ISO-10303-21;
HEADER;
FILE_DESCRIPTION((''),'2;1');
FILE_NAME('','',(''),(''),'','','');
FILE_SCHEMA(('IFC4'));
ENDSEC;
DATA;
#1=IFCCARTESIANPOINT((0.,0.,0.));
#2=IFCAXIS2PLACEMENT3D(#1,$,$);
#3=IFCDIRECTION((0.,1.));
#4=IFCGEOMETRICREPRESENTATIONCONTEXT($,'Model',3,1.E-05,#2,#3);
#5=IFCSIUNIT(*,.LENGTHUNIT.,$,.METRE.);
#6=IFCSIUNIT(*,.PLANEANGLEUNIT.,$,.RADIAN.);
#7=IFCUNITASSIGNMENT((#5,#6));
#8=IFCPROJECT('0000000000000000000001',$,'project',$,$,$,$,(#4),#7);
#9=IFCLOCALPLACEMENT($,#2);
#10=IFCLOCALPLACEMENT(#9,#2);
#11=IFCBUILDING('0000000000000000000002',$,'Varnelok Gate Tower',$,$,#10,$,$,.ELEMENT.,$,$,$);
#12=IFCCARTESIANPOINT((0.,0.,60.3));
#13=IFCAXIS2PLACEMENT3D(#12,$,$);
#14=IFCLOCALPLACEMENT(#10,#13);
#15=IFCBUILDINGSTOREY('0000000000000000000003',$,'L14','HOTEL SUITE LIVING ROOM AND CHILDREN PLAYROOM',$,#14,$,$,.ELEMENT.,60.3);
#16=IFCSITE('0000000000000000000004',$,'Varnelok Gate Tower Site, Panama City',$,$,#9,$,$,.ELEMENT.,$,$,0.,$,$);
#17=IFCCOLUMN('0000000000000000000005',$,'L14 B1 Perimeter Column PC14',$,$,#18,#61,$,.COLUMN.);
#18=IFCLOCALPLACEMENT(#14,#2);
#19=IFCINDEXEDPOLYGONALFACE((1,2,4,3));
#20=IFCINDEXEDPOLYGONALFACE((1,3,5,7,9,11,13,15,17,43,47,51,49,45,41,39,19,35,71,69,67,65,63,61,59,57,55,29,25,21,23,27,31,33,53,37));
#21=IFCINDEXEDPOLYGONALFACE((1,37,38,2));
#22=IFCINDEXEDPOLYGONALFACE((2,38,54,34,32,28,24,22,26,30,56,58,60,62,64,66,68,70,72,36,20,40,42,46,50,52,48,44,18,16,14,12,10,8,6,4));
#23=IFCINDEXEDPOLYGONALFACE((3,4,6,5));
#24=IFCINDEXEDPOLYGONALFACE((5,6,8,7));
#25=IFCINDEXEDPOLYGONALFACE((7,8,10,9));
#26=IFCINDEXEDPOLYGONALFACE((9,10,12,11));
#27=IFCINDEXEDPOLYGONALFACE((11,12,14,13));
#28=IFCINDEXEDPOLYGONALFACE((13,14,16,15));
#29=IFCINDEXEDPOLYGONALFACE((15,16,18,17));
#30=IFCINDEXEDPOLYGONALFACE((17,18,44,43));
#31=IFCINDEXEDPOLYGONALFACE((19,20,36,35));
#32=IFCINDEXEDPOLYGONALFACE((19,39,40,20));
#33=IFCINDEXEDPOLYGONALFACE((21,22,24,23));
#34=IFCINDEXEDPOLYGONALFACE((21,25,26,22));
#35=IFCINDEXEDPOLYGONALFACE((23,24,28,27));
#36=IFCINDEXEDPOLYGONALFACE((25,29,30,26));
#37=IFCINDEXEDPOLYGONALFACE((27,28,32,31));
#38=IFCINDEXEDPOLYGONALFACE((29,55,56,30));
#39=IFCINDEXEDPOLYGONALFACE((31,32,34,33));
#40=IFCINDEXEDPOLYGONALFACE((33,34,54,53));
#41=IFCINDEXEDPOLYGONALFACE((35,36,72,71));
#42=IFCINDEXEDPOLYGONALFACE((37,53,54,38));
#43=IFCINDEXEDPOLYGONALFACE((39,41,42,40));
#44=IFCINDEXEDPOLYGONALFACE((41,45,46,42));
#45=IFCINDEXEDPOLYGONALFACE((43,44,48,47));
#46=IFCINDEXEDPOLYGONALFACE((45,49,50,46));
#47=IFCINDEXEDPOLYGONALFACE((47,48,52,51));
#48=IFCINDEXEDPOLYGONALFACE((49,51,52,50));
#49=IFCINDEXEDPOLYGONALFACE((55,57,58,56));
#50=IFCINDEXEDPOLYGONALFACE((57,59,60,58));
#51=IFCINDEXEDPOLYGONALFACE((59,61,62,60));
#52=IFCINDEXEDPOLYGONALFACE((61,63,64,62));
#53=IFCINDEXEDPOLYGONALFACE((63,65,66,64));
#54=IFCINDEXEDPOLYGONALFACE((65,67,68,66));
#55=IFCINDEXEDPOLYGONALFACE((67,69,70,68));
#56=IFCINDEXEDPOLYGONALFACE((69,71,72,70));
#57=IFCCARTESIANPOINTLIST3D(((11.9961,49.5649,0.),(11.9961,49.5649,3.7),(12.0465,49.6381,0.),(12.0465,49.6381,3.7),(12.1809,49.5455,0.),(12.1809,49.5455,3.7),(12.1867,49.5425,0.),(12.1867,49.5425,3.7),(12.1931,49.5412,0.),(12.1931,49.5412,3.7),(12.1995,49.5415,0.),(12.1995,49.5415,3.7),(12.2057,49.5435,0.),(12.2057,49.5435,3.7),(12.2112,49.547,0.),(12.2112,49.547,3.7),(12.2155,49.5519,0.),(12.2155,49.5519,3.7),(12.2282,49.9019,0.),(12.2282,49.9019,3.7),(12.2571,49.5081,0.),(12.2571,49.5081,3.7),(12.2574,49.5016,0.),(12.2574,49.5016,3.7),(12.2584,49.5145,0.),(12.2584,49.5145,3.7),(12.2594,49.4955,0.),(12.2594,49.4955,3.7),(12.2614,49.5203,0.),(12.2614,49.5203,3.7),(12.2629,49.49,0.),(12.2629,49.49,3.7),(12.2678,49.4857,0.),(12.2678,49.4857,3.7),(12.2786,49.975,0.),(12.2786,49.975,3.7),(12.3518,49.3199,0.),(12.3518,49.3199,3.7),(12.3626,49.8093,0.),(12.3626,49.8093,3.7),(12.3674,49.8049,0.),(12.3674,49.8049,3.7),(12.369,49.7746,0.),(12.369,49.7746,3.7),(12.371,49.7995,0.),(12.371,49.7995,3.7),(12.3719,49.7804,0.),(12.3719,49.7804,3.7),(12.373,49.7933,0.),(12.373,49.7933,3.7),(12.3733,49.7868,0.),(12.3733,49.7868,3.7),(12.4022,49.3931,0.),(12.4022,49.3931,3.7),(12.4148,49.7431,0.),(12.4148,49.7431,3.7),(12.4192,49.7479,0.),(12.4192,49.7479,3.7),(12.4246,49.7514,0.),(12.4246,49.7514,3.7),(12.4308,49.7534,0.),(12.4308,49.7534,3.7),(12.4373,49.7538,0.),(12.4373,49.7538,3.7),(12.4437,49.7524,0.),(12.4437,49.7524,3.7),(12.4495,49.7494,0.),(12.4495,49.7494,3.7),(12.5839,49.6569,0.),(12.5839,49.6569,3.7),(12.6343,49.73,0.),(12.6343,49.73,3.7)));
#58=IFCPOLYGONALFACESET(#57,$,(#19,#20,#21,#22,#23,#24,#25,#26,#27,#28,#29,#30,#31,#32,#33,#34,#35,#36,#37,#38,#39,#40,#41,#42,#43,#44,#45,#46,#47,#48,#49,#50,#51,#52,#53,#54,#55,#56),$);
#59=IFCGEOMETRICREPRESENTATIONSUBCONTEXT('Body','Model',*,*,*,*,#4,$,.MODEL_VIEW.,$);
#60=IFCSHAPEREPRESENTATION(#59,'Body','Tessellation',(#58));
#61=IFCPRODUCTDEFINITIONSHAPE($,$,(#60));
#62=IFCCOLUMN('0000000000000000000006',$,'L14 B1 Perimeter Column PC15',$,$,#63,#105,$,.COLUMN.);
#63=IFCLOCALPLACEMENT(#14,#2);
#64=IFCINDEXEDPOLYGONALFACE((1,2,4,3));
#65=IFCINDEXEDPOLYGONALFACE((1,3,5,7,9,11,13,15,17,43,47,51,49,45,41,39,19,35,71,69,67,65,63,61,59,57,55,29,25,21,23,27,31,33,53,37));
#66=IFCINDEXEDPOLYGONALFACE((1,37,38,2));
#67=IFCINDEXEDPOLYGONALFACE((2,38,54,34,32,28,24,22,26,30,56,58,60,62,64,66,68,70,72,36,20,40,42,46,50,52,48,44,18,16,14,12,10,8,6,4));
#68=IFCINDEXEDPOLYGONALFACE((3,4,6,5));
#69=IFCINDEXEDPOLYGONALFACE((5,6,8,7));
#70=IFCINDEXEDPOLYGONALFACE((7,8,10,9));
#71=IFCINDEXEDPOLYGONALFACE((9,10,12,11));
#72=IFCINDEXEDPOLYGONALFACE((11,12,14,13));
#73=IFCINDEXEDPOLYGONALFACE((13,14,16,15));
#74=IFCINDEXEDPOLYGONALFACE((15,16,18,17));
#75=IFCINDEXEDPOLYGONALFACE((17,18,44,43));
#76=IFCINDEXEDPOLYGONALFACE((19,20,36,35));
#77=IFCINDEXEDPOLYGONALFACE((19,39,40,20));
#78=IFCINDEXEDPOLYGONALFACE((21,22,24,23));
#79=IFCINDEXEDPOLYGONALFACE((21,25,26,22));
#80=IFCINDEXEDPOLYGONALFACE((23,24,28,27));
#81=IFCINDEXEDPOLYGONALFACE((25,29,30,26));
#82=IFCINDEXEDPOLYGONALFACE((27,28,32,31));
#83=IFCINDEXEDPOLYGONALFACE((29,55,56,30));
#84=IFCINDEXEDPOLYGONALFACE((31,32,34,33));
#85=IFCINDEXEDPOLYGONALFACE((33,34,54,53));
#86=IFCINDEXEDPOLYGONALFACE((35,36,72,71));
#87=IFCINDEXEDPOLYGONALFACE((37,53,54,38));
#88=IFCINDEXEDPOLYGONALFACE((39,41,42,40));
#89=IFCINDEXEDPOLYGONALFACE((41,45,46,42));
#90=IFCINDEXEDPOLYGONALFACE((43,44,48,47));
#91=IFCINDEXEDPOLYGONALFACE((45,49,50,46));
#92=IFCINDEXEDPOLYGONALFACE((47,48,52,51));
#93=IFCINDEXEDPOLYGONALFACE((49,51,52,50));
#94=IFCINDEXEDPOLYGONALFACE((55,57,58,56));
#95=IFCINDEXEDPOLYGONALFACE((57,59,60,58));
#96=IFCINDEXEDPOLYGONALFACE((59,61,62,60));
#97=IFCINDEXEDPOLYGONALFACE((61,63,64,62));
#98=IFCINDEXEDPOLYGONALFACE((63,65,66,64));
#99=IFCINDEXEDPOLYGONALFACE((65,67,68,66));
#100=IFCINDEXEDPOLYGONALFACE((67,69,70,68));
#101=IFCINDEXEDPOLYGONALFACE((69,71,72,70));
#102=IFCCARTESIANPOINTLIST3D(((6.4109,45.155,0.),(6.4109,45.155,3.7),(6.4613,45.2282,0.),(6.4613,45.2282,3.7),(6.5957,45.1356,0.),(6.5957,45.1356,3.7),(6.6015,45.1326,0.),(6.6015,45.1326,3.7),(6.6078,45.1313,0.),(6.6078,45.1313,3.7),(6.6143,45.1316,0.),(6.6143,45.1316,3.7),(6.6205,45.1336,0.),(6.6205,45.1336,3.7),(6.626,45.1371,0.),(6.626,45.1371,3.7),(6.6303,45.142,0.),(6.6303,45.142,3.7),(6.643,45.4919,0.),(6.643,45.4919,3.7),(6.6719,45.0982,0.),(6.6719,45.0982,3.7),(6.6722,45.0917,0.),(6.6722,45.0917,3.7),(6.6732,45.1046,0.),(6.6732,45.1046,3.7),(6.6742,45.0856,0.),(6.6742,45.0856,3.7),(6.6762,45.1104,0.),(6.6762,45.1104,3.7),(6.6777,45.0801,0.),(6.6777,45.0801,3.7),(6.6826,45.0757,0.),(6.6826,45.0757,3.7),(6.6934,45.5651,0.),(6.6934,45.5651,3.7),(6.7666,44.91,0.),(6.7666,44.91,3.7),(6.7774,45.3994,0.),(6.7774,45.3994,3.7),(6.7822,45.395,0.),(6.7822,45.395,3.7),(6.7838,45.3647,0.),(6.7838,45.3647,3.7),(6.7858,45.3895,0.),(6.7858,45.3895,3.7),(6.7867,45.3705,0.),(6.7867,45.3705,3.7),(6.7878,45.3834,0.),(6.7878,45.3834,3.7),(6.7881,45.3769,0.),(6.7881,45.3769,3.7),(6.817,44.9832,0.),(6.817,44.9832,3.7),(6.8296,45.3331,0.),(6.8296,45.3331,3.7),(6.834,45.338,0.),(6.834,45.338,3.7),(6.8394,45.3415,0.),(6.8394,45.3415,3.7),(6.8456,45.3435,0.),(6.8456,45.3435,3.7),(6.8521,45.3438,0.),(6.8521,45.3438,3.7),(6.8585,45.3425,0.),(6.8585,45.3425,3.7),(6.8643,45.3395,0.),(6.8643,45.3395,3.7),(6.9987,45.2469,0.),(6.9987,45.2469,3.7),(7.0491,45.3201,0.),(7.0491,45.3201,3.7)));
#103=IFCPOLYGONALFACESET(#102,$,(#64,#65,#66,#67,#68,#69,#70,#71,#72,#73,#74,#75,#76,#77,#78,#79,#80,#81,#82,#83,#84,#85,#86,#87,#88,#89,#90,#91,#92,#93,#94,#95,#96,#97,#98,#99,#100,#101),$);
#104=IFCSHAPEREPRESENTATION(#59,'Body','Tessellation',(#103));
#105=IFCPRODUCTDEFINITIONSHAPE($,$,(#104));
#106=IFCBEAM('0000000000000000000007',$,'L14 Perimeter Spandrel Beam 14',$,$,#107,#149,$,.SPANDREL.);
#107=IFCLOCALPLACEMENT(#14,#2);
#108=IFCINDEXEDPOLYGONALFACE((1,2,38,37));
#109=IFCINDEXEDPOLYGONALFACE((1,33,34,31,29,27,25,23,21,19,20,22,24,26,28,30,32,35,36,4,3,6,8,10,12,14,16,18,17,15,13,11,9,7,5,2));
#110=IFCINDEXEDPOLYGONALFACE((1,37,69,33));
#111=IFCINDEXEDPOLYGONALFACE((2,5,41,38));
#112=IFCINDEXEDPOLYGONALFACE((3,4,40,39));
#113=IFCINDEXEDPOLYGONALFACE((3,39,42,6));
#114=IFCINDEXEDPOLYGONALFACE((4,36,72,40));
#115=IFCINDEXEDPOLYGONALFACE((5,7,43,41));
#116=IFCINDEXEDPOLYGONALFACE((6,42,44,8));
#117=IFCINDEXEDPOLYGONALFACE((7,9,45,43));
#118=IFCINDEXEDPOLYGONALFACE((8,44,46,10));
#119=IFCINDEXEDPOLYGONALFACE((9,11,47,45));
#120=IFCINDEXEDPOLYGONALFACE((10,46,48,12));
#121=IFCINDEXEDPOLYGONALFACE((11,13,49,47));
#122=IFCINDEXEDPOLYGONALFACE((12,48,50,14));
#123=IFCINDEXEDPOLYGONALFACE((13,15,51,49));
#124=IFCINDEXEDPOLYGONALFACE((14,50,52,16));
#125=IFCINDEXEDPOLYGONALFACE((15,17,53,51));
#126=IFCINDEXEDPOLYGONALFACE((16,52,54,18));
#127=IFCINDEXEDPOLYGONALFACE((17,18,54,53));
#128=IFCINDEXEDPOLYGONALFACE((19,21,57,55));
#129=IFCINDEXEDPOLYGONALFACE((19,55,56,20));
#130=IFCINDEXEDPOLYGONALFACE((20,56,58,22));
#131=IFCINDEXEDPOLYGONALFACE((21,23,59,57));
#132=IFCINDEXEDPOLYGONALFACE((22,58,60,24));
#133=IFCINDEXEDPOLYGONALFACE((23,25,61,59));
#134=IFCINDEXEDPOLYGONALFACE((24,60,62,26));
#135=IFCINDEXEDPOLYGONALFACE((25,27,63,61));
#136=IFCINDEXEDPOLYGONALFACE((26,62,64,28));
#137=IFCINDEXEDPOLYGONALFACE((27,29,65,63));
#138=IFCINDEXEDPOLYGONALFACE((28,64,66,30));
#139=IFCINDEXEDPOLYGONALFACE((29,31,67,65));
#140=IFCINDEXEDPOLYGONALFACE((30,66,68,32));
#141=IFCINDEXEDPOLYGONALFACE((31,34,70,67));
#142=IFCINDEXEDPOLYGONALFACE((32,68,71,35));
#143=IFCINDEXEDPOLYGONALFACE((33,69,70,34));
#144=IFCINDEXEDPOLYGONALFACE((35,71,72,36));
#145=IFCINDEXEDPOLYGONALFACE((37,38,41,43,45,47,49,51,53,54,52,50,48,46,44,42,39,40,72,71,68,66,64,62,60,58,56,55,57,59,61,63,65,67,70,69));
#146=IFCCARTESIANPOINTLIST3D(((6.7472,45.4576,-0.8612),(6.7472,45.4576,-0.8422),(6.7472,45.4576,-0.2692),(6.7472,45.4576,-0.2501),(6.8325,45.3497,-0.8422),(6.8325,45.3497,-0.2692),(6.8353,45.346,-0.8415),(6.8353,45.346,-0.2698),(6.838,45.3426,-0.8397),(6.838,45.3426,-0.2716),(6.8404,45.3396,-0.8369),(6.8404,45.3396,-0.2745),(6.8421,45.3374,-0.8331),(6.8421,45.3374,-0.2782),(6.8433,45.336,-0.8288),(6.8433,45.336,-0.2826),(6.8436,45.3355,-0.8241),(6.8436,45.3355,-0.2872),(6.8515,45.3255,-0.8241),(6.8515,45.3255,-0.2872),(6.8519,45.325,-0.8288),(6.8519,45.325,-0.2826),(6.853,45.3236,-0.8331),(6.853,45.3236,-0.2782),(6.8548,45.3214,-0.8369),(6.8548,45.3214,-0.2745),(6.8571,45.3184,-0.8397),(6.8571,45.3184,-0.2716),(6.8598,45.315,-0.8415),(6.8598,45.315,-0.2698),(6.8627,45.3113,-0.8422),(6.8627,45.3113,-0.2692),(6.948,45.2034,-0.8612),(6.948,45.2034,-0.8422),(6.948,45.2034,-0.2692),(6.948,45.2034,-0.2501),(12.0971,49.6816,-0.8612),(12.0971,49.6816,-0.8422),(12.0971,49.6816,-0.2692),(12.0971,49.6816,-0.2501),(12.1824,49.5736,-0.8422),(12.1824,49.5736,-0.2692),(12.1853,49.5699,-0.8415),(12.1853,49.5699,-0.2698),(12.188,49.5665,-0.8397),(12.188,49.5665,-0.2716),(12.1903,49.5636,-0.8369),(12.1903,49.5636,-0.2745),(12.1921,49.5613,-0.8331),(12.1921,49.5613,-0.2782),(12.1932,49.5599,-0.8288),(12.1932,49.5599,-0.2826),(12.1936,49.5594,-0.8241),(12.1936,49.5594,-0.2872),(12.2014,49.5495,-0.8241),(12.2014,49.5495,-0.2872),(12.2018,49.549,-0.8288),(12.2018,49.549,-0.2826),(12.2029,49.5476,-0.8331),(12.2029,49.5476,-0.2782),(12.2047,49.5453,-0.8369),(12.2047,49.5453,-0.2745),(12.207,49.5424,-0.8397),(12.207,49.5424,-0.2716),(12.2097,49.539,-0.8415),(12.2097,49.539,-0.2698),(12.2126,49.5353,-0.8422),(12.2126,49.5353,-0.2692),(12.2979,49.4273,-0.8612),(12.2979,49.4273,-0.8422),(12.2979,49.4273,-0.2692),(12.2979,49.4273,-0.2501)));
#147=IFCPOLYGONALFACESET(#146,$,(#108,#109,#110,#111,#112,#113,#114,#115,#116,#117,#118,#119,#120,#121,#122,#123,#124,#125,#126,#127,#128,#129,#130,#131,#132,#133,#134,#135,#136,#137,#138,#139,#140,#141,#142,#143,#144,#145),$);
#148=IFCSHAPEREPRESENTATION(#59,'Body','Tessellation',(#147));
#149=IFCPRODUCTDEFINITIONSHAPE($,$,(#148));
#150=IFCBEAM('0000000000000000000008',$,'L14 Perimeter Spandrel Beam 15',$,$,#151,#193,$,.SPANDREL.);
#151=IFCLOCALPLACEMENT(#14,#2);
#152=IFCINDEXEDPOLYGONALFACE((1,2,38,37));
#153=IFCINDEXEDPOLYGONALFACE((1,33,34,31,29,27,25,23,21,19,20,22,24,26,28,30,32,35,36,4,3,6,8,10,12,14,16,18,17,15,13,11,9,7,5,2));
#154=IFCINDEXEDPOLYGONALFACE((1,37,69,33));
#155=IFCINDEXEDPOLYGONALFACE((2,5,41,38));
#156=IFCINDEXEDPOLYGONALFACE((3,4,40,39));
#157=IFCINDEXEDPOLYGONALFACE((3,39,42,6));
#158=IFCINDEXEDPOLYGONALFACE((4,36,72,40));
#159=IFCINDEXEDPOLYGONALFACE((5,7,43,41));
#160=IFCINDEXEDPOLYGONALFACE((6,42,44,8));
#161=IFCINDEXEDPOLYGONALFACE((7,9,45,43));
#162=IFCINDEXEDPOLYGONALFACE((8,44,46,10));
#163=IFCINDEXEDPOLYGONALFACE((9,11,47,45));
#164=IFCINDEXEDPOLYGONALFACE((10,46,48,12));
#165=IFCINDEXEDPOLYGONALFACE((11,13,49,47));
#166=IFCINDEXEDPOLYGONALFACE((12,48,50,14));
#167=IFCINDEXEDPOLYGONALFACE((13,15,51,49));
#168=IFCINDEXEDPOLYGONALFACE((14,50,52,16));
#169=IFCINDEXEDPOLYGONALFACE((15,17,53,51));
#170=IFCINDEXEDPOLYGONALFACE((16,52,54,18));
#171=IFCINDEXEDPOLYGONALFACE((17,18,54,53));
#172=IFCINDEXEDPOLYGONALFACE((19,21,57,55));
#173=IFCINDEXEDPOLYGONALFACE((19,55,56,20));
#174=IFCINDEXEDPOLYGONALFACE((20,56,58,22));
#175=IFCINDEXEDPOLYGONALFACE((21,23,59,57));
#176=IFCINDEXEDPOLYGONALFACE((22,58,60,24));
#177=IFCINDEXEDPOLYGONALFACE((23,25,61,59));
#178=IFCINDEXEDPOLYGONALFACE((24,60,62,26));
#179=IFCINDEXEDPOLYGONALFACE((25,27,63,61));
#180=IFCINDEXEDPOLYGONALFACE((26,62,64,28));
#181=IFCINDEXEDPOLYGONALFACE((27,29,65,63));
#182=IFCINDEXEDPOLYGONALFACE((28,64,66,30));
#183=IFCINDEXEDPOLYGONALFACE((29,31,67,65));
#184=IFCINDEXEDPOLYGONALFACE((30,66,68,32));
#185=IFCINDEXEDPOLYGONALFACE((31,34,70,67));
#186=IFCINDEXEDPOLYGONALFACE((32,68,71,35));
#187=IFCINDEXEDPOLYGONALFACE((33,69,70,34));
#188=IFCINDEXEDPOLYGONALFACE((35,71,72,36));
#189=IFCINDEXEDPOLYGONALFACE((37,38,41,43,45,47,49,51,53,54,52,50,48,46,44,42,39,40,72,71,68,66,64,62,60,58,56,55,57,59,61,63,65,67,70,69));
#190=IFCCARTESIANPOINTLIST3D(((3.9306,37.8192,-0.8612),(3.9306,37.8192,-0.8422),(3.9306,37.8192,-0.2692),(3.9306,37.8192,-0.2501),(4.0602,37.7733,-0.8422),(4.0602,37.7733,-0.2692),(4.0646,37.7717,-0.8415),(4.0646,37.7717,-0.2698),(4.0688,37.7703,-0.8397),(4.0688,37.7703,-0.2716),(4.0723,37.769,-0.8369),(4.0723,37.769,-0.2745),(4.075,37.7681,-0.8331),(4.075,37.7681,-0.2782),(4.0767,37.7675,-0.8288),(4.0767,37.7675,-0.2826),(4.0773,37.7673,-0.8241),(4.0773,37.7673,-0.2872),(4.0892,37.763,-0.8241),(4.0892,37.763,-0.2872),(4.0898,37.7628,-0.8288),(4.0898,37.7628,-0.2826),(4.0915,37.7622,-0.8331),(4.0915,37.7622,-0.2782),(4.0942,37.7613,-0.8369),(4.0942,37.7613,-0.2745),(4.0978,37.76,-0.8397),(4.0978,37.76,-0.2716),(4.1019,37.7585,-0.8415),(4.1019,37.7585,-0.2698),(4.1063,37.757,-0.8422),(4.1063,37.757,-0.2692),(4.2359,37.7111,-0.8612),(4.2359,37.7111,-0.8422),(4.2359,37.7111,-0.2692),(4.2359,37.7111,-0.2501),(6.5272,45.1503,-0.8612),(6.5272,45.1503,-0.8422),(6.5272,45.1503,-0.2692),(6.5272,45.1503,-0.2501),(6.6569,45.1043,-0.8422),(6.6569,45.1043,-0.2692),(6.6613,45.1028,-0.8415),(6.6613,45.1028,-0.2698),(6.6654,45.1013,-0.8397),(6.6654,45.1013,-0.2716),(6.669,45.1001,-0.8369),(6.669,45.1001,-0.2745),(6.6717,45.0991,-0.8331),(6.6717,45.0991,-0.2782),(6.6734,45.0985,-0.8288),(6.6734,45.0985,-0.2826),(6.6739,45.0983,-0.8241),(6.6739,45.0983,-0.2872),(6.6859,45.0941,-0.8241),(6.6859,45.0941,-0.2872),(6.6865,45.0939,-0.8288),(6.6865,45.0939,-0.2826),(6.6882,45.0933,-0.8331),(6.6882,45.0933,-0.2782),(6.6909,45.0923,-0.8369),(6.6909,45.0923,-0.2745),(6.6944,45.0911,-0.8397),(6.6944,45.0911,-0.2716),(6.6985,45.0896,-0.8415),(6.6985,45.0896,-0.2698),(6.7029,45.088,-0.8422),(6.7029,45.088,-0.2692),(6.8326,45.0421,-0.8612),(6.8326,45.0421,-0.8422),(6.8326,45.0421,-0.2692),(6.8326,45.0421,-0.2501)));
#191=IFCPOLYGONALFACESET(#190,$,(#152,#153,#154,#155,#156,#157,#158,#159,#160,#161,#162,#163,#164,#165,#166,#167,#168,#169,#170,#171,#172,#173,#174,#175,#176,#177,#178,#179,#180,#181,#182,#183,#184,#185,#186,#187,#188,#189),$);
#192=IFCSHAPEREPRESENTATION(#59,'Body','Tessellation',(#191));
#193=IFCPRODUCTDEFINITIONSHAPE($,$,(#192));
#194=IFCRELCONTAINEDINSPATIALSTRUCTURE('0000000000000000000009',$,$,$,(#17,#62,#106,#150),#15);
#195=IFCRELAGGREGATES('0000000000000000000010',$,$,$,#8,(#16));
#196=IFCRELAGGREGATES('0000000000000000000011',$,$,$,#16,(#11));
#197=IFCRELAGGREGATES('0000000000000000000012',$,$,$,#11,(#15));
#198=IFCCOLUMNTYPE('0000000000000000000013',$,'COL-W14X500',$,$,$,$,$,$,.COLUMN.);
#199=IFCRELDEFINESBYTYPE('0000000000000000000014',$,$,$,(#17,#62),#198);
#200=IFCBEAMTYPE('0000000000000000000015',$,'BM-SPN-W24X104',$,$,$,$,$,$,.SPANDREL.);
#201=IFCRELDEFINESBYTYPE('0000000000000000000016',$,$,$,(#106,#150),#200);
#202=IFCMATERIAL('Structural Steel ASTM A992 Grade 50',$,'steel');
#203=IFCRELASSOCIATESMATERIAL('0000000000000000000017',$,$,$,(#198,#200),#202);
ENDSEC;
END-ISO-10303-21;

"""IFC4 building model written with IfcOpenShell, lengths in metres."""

from ifc_helpers import new_model, si_unit, direction, frame, origin, origin_2d, place, context, subcontext, project, spatial, i_section, extrude, material, material_profile, profile_set, type_object, element, save


model = new_model("IFC4")

# Units and contexts
model_context = context("Model", 3, precision=1e-05, world=origin(), true_north=direction((0.0, 1.0)))
body_context = subcontext(model_context, "Body", "Model", "MODEL_VIEW")
ifc_project = project(units=[si_unit("LENGTHUNIT", "METRE"), si_unit("PLANEANGLEUNIT", "RADIAN")], contexts=[model_context])

# Site, building, storey
site_placement = place(None, origin())
site = spatial("IfcSite", under=ifc_project, at=site_placement, Name="Varnelok Gate Tower Site, Panama City", CompositionType="ELEMENT", RefElevation=0.0)
building_placement = place(site_placement, origin())
building = spatial("IfcBuilding", under=site, at=building_placement, Name="Varnelok Gate Tower", CompositionType="ELEMENT")
storey_placement = place(building_placement, frame((0.0, 0.0, 60.3)))
storey = spatial("IfcBuildingStorey", under=building, at=storey_placement, Name="L14", Description="HOTEL SUITE LIVING ROOM AND CHILDREN PLAYROOM", CompositionType="ELEMENT", Elevation=60.3)

# Columns
ifc_material_1 = material(Name="Structural Steel ASTM A992 Grade 50", Category="steel")
ifc_material_profile_1 = material_profile(ifc_material_1, i_section(OverallWidth=0.4319, OverallDepth=0.498, WebThickness=0.0557, FlangeThickness=0.0889, FilletRadius=0.0249, at=origin_2d()), Name="W14X500")
ifc_profile_set_1 = profile_set([ifc_material_profile_1], Name="Structural Steel ASTM A992 Grade 50")
column_type = type_object("IfcColumnType", Name="COL-W14X500", PredefinedType="COLUMN", material=ifc_profile_set_1)
for number, where, z_axis, x_axis, name in (
    (1, (12.3152, 49.6475, 0.0), (0.0, 0.0, 1.0), (0.823533, -0.567269, 0.0), "L14 B1 Perimeter Column PC14"),
    (2, (6.73, 45.2375, 0.0), (0.0, 0.0, 1.0), (0.823533, -0.567269, 0.0), "L14 B1 Perimeter Column PC15"),
):
    element("IfcColumn", number, at=place(storey_placement, frame(where, z_axis=z_axis, x_axis=x_axis)), inside=storey, type_object=column_type, Name=name, PredefinedType="COLUMN", context=body_context, shape_type="SweptSolid", body=[
        extrude(i_section(OverallWidth=0.4319, OverallDepth=0.498, WebThickness=0.0557, FlangeThickness=0.0889, FilletRadius=0.0249, at=origin_2d()), origin(), (0.0, 0.0, 1.0), 3.7),
    ])

# Beams
ifc_material_profile_2 = material_profile(ifc_material_1, i_section(OverallWidth=0.324, OverallDepth=0.6111, WebThickness=0.0127, FlangeThickness=0.019, FilletRadius=0.0181, at=origin_2d()), Name="W24X104")
ifc_profile_set_2 = profile_set([ifc_material_profile_2], Name="Structural Steel ASTM A992 Grade 50")
beam_type = type_object("IfcBeamType", Name="BM-SPN-W24X104", PredefinedType="SPANDREL", material=ifc_profile_set_2)
beam_1_placement = place(storey_placement, frame((12.1975, 49.5544, -0.5557), z_axis=(-0.784861, -0.619672, 0.0), x_axis=(0.619672, -0.784861, 0.0)))
element("IfcBeam", 3, at=beam_1_placement, inside=storey, type_object=beam_type, Name="L14 Perimeter Spandrel Beam 14", PredefinedType="SPANDREL", context=body_context, shape_type="SweptSolid", body=[
    extrude(i_section(OverallWidth=0.324, OverallDepth=0.6111, WebThickness=0.0127, FlangeThickness=0.019, FilletRadius=0.0181, at=origin_2d()), origin(), (0.0, 0.0, 1.0), 6.8164),
])
beam_2_placement = place(storey_placement, frame((6.6799, 45.0962, -0.5557), z_axis=(-0.333877, -0.942617, 0.0), x_axis=(0.942617, -0.333877, 0.0)))
element("IfcBeam", 4, at=beam_2_placement, inside=storey, type_object=beam_type, Name="L14 Perimeter Spandrel Beam 15", PredefinedType="SPANDREL", context=body_context, shape_type="SweptSolid", body=[
    extrude(i_section(OverallWidth=0.324, OverallDepth=0.6111, WebThickness=0.0127, FlangeThickness=0.019, FilletRadius=0.0181, at=origin_2d()), origin(), (0.0, 0.0, 1.0), 7.7773),
])

save(model, "model.ifc")
